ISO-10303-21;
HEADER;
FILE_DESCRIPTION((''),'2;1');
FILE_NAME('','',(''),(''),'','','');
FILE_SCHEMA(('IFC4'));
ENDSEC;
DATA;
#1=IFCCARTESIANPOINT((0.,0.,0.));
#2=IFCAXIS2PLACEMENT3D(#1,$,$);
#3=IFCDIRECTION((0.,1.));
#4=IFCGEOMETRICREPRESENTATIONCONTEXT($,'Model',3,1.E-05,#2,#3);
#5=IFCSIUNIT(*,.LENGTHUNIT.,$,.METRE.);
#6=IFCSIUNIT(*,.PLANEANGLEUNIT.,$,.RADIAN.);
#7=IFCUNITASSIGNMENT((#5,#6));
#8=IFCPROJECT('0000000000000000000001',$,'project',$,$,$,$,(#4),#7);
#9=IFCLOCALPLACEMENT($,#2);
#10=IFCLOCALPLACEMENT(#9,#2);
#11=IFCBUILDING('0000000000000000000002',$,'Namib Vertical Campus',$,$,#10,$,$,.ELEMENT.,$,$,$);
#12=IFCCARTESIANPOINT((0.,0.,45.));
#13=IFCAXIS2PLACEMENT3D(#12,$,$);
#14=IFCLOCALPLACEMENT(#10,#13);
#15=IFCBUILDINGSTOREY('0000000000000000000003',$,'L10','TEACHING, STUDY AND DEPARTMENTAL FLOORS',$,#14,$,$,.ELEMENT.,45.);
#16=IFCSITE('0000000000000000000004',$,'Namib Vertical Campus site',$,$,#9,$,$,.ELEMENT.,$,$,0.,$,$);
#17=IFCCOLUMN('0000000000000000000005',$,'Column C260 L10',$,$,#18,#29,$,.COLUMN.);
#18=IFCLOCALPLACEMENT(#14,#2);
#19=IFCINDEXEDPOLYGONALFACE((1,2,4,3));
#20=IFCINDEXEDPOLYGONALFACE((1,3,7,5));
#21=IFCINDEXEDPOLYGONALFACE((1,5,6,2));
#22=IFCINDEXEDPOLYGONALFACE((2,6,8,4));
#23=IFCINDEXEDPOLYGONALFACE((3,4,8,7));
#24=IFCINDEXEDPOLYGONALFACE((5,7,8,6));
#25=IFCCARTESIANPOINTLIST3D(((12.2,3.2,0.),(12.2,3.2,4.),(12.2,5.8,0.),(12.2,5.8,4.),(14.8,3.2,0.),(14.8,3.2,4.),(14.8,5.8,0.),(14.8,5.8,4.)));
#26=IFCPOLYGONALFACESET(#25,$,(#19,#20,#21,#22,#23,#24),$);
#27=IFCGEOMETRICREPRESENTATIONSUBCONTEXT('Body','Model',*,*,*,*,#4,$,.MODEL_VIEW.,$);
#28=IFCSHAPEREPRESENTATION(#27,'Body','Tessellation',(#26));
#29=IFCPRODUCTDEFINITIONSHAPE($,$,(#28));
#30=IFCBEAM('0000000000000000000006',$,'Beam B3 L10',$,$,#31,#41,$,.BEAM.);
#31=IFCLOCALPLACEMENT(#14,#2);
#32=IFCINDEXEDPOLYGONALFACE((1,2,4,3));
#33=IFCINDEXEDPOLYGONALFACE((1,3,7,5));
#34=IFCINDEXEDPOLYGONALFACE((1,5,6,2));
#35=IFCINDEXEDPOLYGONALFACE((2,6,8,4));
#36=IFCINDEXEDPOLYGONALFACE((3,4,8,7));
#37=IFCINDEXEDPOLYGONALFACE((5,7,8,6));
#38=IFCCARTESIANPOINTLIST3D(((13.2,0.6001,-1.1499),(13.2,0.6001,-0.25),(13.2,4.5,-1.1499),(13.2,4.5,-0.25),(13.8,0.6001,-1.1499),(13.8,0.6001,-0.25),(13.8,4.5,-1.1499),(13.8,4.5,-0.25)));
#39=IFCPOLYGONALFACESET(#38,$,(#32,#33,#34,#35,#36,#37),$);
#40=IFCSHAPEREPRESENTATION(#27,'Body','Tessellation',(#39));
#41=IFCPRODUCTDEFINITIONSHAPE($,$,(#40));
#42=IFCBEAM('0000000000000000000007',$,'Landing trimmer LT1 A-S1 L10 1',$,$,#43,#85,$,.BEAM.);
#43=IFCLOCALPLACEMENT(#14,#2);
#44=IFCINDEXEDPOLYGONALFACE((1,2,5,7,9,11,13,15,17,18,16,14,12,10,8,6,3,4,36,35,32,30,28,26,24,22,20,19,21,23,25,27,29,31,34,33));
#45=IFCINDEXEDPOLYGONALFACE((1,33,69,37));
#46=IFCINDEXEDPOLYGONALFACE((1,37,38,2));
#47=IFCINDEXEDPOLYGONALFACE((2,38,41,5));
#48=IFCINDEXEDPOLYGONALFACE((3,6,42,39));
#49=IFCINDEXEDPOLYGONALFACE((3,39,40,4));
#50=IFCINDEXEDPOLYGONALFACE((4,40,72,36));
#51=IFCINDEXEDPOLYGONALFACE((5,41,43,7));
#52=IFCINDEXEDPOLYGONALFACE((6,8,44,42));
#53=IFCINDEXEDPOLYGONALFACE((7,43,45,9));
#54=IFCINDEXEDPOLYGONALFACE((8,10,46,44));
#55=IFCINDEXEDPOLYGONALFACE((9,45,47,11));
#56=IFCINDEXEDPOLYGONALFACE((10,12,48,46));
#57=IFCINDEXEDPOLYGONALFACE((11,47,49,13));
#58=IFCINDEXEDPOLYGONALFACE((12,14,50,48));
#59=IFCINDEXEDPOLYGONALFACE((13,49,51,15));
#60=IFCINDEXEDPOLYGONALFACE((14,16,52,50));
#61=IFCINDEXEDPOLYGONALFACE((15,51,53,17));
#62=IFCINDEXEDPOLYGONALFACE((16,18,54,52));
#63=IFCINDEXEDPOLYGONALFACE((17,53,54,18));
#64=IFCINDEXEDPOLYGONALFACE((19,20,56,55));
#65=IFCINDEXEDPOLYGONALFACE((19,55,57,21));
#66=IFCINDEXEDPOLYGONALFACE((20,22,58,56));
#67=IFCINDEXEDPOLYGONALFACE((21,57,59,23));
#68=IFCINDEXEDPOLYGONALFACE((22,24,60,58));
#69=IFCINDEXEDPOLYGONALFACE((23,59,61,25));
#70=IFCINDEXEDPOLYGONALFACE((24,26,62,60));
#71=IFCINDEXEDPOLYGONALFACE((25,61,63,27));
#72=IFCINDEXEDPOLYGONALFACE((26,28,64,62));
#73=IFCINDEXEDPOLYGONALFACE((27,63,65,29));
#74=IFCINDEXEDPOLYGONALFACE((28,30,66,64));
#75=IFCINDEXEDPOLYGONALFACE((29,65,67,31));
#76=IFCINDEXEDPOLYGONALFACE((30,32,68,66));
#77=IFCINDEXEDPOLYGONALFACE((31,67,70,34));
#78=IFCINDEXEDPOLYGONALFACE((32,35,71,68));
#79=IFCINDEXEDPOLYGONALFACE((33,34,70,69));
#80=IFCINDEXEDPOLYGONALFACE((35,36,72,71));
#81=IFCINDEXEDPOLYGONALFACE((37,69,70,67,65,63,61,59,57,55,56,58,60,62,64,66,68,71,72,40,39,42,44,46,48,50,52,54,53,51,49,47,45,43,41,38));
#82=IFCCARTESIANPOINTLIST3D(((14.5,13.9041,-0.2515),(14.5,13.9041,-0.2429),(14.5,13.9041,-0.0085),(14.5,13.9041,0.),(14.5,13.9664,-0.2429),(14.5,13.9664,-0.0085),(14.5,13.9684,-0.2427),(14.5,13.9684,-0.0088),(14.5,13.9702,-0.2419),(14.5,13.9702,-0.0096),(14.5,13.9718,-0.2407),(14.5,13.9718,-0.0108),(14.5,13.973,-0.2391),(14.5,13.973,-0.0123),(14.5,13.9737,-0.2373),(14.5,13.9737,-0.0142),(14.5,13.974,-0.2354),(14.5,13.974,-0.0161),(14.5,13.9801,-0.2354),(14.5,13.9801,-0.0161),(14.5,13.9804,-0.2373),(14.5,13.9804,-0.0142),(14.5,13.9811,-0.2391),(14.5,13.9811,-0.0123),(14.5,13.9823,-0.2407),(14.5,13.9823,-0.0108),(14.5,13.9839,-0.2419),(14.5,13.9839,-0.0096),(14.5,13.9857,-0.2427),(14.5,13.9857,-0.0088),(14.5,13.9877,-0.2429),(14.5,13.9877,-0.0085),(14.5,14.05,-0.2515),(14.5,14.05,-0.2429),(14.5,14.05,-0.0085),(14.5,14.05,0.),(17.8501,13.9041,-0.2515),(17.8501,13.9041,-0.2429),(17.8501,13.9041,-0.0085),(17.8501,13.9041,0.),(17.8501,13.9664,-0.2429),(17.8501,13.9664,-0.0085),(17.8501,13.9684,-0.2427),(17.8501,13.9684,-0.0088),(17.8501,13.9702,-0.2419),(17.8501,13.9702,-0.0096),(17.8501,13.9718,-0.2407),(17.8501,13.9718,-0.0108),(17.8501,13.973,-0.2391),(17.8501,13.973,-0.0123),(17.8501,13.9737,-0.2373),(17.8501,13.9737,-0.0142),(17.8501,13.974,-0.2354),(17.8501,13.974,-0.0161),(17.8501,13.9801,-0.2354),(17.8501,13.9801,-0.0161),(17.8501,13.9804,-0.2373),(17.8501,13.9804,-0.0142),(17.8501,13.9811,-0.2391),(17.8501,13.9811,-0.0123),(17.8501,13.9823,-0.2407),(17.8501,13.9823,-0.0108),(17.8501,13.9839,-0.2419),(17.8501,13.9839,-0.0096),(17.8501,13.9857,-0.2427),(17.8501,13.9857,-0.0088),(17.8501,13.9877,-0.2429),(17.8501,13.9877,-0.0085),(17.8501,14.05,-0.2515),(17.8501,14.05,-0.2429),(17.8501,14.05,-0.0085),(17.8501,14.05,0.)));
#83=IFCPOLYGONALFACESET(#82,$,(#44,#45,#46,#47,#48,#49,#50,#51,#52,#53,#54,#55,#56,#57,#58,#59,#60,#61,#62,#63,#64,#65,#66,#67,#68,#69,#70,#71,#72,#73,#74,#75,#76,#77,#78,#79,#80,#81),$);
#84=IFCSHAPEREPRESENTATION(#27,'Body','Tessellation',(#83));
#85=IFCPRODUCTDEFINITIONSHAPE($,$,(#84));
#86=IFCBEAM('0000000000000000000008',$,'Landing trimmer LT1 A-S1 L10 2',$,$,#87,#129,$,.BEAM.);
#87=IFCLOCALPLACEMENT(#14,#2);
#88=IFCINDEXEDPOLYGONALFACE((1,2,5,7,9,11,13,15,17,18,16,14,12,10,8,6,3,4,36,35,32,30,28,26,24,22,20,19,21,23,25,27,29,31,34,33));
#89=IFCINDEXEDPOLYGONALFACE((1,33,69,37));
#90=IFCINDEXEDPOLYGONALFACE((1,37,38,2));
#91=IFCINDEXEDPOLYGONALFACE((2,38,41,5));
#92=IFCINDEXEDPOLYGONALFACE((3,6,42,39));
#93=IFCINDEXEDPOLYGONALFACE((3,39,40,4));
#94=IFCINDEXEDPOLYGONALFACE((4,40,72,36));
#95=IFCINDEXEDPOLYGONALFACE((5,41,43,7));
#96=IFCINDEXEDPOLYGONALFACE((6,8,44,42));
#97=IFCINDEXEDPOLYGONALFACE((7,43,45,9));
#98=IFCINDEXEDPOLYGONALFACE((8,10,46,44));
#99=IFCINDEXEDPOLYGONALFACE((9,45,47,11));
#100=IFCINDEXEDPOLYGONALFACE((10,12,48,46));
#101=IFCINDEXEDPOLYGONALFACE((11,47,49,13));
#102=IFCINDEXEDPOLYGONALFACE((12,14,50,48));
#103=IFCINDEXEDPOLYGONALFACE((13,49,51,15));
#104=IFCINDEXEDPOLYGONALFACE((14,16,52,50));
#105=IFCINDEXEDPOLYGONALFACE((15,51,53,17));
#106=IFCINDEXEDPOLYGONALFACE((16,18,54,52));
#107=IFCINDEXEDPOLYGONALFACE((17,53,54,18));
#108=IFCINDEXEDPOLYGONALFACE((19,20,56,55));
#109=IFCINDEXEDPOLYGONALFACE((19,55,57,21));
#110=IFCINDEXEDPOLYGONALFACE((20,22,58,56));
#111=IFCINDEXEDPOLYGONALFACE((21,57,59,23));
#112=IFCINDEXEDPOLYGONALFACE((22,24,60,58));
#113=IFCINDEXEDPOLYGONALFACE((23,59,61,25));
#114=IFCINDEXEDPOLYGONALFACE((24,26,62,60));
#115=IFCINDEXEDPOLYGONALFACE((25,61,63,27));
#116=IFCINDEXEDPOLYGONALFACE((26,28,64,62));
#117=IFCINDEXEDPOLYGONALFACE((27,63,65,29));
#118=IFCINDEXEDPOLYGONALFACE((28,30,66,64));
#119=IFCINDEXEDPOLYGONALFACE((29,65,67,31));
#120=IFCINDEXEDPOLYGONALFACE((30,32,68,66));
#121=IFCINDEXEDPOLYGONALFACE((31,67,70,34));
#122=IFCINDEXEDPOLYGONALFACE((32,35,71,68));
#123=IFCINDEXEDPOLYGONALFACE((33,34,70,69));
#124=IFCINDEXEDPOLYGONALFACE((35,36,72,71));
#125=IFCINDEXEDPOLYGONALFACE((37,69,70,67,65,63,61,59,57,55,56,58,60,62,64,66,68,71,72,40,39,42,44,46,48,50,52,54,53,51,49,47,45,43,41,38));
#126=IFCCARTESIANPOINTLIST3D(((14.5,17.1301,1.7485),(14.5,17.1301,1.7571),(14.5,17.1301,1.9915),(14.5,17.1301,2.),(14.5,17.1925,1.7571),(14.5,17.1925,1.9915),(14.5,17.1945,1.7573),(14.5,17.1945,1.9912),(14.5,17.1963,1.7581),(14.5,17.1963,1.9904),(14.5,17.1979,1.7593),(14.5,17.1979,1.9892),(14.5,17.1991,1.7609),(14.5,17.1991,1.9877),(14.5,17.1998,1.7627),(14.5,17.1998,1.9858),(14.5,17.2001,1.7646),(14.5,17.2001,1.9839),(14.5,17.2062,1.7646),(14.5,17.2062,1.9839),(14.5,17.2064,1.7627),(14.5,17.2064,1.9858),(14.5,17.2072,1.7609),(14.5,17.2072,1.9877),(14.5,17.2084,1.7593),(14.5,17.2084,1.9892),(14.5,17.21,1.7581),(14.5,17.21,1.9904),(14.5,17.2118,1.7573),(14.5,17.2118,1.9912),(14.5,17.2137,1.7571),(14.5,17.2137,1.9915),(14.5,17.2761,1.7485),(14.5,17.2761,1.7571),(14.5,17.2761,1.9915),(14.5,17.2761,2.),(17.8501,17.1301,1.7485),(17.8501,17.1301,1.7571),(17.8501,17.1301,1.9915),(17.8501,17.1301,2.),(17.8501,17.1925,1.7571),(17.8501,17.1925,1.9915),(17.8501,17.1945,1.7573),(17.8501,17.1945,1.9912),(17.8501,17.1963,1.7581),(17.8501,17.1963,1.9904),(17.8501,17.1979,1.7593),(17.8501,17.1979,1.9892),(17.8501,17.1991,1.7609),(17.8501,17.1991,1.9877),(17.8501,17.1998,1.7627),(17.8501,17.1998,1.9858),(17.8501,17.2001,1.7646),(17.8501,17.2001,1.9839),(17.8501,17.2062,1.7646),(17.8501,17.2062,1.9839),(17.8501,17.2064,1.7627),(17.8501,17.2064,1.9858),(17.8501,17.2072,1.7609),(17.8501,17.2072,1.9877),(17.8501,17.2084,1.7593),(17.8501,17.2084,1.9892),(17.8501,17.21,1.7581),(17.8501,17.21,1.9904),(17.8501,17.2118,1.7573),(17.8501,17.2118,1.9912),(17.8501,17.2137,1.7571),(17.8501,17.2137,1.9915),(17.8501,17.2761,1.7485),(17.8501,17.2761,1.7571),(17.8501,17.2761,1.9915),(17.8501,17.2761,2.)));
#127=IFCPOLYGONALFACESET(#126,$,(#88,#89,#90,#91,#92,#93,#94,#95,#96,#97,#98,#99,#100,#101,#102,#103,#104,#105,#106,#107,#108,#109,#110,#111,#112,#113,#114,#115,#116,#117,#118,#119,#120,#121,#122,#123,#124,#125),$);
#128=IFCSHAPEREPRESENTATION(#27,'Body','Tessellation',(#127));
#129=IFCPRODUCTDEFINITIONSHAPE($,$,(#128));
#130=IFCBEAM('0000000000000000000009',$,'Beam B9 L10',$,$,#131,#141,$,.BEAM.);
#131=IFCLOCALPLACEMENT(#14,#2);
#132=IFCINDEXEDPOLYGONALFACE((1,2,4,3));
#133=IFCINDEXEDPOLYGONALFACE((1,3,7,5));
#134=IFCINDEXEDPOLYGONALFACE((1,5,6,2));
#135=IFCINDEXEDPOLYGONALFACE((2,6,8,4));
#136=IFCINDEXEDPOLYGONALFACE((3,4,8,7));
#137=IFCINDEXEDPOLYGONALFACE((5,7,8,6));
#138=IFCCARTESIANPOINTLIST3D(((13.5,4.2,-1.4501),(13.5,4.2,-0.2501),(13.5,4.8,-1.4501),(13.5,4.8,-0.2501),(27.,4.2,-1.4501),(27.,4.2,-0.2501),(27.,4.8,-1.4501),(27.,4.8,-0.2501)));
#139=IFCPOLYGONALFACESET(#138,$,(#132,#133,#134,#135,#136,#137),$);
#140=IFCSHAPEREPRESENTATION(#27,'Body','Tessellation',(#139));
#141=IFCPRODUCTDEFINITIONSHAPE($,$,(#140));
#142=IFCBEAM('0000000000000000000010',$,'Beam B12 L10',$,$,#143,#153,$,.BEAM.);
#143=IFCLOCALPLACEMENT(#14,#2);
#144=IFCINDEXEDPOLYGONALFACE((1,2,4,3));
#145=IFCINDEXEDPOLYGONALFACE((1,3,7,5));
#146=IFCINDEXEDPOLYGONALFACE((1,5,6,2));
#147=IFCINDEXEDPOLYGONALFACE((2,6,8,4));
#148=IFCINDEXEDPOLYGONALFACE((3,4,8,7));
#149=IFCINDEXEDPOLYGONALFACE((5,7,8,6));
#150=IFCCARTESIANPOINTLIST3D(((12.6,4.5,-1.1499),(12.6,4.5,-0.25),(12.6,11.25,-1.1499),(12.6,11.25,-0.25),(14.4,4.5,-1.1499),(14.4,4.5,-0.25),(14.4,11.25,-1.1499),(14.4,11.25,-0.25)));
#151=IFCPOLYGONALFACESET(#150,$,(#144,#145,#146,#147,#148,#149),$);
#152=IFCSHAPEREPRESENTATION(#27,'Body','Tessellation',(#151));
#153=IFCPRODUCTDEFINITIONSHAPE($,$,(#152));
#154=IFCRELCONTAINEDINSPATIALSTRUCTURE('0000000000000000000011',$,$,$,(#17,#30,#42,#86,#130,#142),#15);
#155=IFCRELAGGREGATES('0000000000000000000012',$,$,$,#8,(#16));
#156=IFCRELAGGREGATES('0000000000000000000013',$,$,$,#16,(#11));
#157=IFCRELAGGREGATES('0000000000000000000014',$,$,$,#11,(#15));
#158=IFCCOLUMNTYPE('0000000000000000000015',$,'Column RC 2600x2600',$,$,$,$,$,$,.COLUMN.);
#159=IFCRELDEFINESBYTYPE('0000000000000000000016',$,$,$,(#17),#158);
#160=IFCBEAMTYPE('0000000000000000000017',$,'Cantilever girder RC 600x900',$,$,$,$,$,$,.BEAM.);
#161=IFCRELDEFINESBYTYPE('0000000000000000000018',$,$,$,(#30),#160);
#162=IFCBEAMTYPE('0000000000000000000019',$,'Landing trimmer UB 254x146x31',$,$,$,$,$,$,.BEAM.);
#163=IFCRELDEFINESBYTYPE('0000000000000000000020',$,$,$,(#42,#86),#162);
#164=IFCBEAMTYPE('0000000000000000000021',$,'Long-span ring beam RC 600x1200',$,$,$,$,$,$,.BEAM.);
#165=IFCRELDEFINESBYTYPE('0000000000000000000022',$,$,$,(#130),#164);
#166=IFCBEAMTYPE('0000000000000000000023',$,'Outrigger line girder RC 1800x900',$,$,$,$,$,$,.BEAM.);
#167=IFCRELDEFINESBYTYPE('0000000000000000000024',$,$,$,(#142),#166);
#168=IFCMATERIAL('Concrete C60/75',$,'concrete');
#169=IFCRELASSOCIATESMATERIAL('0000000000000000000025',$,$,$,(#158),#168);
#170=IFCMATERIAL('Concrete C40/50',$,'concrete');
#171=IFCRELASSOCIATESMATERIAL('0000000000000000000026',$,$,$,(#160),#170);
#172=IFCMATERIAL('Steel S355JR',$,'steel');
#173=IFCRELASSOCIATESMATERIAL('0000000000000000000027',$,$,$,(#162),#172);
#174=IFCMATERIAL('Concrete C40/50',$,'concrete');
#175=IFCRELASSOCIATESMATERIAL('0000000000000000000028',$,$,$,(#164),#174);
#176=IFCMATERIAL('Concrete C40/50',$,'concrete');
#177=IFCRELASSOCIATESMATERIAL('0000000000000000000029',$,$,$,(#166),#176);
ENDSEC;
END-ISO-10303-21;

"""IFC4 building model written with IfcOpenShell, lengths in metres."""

from ifc_helpers import new_model, si_unit, direction, frame, origin, origin_2d, place, context, subcontext, project, spatial, rectangle, i_section, extrude, material, material_profile, profile_set, type_object, element, save


model = new_model("IFC4")

# Units and contexts
model_context = context("Model", 3, precision=1e-05, world=origin(), true_north=direction((0.0, 1.0)))
body_context = subcontext(model_context, "Body", "Model", "MODEL_VIEW")
ifc_project = project(units=[si_unit("LENGTHUNIT", "METRE"), si_unit("PLANEANGLEUNIT", "RADIAN")], contexts=[model_context])

# Site, building, storey
site_placement = place(None, origin())
site = spatial("IfcSite", under=ifc_project, at=site_placement, Name="Namib Vertical Campus site", CompositionType="ELEMENT", RefElevation=0.0)
building_placement = place(site_placement, origin())
building = spatial("IfcBuilding", under=site, at=building_placement, Name="Namib Vertical Campus", CompositionType="ELEMENT")
storey_placement = place(building_placement, frame((0.0, 0.0, 45.0)))
storey = spatial("IfcBuildingStorey", under=building, at=storey_placement, Name="L10", Description="TEACHING, STUDY AND DEPARTMENTAL FLOORS", CompositionType="ELEMENT", Elevation=45.0)

# Column
ifc_material_1 = material(Name="Concrete C60/75", Category="concrete")
ifc_material_profile_1 = material_profile(ifc_material_1, rectangle(XDim=2.6001, YDim=2.6001, at=origin_2d()))
ifc_profile_set_1 = profile_set([ifc_material_profile_1], Name="Concrete C60/75")
column_type = type_object("IfcColumnType", Name="Column RC 2600x2600", PredefinedType="COLUMN", material=ifc_profile_set_1)
column_placement = place(storey_placement, frame((13.5, 4.5, 0.0), z_axis=(0.0, 0.0, 1.0), x_axis=(1.0, 0.0, 0.0)))
element("IfcColumn", 1, at=column_placement, inside=storey, type_object=column_type, Name="Column C260 L10", PredefinedType="COLUMN", context=body_context, shape_type="SweptSolid", body=[
    extrude(rectangle(XDim=2.6001, YDim=2.6001, at=origin_2d()), origin(), (0.0, 0.0, 1.0), 4.0),
])

# Beams
ifc_material_2 = material(Name="Concrete C40/50", Category="concrete")
ifc_material_profile_2 = material_profile(ifc_material_2, rectangle(XDim=0.6001, YDim=0.8999, at=origin_2d()))
ifc_profile_set_2 = profile_set([ifc_material_profile_2], Name="Concrete C40/50")
beam_type_1 = type_object("IfcBeamType", Name="Cantilever girder RC 600x900", PredefinedType="BEAM", material=ifc_profile_set_2)
beam_1_placement = place(storey_placement, frame((13.5, 4.5, -0.7), z_axis=(0.0, -1.0, 0.0), x_axis=(1.0, 0.0, 0.0)))
element("IfcBeam", 2, at=beam_1_placement, inside=storey, type_object=beam_type_1, Name="Beam B3 L10", PredefinedType="BEAM", context=body_context, shape_type="SweptSolid", body=[
    extrude(rectangle(XDim=0.6001, YDim=0.8999, at=origin_2d()), origin(), (0.0, 0.0, 1.0), 3.8999),
])
ifc_material_3 = material(Name="Steel S355JR", Category="steel")
ifc_material_profile_3 = material_profile(ifc_material_3, i_section(OverallWidth=0.146, OverallDepth=0.2515, WebThickness=0.0061, FlangeThickness=0.0085, FilletRadius=0.0076, at=origin_2d()))
ifc_profile_set_3 = profile_set([ifc_material_profile_3], Name="Steel S355JR")
beam_type_2 = type_object("IfcBeamType", Name="Landing trimmer UB 254x146x31", PredefinedType="BEAM", material=ifc_profile_set_3)
for number, where, z_axis, x_axis, name in (
    (3, (14.5, 13.9771, -0.1257), (1.0, 0.0, 0.0), (0.0, 1.0, 0.0), "Landing trimmer LT1 A-S1 L10 1"),
    (4, (14.5, 17.2031, 1.8743), (1.0, 0.0, 0.0), (0.0, 1.0, 0.0), "Landing trimmer LT1 A-S1 L10 2"),
):
    element("IfcBeam", number, at=place(storey_placement, frame(where, z_axis=z_axis, x_axis=x_axis)), inside=storey, type_object=beam_type_2, Name=name, PredefinedType="BEAM", context=body_context, shape_type="SweptSolid", body=[
        extrude(i_section(OverallWidth=0.146, OverallDepth=0.2515, WebThickness=0.0061, FlangeThickness=0.0085, FilletRadius=0.0076, at=origin_2d()), origin(), (0.0, 0.0, 1.0), 3.3501),
    ])
ifc_material_4 = material(Name="Concrete C40/50", Category="concrete")
ifc_material_profile_4 = material_profile(ifc_material_4, rectangle(XDim=0.6001, YDim=1.2, at=origin_2d()))
ifc_profile_set_4 = profile_set([ifc_material_profile_4], Name="Concrete C40/50")
beam_type_3 = type_object("IfcBeamType", Name="Long-span ring beam RC 600x1200", PredefinedType="BEAM", material=ifc_profile_set_4)
beam_2_placement = place(storey_placement, frame((13.5, 4.5, -0.8501), z_axis=(1.0, 0.0, 0.0), x_axis=(0.0, 1.0, 0.0)))
element("IfcBeam", 5, at=beam_2_placement, inside=storey, type_object=beam_type_3, Name="Beam B9 L10", PredefinedType="BEAM", context=body_context, shape_type="SweptSolid", body=[
    extrude(rectangle(XDim=0.6001, YDim=1.2, at=origin_2d()), origin(), (0.0, 0.0, 1.0), 13.5),
])
ifc_material_5 = material(Name="Concrete C40/50", Category="concrete")
ifc_material_profile_5 = material_profile(ifc_material_5, rectangle(XDim=1.8, YDim=0.8999, at=origin_2d()))
ifc_profile_set_5 = profile_set([ifc_material_profile_5], Name="Concrete C40/50")
beam_type_4 = type_object("IfcBeamType", Name="Outrigger line girder RC 1800x900", PredefinedType="BEAM", material=ifc_profile_set_5)
beam_3_placement = place(storey_placement, frame((13.5, 4.5, -0.7), z_axis=(0.0, 1.0, 0.0), x_axis=(-1.0, 0.0, 0.0)))
element("IfcBeam", 6, at=beam_3_placement, inside=storey, type_object=beam_type_4, Name="Beam B12 L10", PredefinedType="BEAM", context=body_context, shape_type="SweptSolid", body=[
    extrude(rectangle(XDim=1.8, YDim=0.8999, at=origin_2d()), origin(), (0.0, 0.0, 1.0), 6.75),
])

save(model, "model.ifc")
